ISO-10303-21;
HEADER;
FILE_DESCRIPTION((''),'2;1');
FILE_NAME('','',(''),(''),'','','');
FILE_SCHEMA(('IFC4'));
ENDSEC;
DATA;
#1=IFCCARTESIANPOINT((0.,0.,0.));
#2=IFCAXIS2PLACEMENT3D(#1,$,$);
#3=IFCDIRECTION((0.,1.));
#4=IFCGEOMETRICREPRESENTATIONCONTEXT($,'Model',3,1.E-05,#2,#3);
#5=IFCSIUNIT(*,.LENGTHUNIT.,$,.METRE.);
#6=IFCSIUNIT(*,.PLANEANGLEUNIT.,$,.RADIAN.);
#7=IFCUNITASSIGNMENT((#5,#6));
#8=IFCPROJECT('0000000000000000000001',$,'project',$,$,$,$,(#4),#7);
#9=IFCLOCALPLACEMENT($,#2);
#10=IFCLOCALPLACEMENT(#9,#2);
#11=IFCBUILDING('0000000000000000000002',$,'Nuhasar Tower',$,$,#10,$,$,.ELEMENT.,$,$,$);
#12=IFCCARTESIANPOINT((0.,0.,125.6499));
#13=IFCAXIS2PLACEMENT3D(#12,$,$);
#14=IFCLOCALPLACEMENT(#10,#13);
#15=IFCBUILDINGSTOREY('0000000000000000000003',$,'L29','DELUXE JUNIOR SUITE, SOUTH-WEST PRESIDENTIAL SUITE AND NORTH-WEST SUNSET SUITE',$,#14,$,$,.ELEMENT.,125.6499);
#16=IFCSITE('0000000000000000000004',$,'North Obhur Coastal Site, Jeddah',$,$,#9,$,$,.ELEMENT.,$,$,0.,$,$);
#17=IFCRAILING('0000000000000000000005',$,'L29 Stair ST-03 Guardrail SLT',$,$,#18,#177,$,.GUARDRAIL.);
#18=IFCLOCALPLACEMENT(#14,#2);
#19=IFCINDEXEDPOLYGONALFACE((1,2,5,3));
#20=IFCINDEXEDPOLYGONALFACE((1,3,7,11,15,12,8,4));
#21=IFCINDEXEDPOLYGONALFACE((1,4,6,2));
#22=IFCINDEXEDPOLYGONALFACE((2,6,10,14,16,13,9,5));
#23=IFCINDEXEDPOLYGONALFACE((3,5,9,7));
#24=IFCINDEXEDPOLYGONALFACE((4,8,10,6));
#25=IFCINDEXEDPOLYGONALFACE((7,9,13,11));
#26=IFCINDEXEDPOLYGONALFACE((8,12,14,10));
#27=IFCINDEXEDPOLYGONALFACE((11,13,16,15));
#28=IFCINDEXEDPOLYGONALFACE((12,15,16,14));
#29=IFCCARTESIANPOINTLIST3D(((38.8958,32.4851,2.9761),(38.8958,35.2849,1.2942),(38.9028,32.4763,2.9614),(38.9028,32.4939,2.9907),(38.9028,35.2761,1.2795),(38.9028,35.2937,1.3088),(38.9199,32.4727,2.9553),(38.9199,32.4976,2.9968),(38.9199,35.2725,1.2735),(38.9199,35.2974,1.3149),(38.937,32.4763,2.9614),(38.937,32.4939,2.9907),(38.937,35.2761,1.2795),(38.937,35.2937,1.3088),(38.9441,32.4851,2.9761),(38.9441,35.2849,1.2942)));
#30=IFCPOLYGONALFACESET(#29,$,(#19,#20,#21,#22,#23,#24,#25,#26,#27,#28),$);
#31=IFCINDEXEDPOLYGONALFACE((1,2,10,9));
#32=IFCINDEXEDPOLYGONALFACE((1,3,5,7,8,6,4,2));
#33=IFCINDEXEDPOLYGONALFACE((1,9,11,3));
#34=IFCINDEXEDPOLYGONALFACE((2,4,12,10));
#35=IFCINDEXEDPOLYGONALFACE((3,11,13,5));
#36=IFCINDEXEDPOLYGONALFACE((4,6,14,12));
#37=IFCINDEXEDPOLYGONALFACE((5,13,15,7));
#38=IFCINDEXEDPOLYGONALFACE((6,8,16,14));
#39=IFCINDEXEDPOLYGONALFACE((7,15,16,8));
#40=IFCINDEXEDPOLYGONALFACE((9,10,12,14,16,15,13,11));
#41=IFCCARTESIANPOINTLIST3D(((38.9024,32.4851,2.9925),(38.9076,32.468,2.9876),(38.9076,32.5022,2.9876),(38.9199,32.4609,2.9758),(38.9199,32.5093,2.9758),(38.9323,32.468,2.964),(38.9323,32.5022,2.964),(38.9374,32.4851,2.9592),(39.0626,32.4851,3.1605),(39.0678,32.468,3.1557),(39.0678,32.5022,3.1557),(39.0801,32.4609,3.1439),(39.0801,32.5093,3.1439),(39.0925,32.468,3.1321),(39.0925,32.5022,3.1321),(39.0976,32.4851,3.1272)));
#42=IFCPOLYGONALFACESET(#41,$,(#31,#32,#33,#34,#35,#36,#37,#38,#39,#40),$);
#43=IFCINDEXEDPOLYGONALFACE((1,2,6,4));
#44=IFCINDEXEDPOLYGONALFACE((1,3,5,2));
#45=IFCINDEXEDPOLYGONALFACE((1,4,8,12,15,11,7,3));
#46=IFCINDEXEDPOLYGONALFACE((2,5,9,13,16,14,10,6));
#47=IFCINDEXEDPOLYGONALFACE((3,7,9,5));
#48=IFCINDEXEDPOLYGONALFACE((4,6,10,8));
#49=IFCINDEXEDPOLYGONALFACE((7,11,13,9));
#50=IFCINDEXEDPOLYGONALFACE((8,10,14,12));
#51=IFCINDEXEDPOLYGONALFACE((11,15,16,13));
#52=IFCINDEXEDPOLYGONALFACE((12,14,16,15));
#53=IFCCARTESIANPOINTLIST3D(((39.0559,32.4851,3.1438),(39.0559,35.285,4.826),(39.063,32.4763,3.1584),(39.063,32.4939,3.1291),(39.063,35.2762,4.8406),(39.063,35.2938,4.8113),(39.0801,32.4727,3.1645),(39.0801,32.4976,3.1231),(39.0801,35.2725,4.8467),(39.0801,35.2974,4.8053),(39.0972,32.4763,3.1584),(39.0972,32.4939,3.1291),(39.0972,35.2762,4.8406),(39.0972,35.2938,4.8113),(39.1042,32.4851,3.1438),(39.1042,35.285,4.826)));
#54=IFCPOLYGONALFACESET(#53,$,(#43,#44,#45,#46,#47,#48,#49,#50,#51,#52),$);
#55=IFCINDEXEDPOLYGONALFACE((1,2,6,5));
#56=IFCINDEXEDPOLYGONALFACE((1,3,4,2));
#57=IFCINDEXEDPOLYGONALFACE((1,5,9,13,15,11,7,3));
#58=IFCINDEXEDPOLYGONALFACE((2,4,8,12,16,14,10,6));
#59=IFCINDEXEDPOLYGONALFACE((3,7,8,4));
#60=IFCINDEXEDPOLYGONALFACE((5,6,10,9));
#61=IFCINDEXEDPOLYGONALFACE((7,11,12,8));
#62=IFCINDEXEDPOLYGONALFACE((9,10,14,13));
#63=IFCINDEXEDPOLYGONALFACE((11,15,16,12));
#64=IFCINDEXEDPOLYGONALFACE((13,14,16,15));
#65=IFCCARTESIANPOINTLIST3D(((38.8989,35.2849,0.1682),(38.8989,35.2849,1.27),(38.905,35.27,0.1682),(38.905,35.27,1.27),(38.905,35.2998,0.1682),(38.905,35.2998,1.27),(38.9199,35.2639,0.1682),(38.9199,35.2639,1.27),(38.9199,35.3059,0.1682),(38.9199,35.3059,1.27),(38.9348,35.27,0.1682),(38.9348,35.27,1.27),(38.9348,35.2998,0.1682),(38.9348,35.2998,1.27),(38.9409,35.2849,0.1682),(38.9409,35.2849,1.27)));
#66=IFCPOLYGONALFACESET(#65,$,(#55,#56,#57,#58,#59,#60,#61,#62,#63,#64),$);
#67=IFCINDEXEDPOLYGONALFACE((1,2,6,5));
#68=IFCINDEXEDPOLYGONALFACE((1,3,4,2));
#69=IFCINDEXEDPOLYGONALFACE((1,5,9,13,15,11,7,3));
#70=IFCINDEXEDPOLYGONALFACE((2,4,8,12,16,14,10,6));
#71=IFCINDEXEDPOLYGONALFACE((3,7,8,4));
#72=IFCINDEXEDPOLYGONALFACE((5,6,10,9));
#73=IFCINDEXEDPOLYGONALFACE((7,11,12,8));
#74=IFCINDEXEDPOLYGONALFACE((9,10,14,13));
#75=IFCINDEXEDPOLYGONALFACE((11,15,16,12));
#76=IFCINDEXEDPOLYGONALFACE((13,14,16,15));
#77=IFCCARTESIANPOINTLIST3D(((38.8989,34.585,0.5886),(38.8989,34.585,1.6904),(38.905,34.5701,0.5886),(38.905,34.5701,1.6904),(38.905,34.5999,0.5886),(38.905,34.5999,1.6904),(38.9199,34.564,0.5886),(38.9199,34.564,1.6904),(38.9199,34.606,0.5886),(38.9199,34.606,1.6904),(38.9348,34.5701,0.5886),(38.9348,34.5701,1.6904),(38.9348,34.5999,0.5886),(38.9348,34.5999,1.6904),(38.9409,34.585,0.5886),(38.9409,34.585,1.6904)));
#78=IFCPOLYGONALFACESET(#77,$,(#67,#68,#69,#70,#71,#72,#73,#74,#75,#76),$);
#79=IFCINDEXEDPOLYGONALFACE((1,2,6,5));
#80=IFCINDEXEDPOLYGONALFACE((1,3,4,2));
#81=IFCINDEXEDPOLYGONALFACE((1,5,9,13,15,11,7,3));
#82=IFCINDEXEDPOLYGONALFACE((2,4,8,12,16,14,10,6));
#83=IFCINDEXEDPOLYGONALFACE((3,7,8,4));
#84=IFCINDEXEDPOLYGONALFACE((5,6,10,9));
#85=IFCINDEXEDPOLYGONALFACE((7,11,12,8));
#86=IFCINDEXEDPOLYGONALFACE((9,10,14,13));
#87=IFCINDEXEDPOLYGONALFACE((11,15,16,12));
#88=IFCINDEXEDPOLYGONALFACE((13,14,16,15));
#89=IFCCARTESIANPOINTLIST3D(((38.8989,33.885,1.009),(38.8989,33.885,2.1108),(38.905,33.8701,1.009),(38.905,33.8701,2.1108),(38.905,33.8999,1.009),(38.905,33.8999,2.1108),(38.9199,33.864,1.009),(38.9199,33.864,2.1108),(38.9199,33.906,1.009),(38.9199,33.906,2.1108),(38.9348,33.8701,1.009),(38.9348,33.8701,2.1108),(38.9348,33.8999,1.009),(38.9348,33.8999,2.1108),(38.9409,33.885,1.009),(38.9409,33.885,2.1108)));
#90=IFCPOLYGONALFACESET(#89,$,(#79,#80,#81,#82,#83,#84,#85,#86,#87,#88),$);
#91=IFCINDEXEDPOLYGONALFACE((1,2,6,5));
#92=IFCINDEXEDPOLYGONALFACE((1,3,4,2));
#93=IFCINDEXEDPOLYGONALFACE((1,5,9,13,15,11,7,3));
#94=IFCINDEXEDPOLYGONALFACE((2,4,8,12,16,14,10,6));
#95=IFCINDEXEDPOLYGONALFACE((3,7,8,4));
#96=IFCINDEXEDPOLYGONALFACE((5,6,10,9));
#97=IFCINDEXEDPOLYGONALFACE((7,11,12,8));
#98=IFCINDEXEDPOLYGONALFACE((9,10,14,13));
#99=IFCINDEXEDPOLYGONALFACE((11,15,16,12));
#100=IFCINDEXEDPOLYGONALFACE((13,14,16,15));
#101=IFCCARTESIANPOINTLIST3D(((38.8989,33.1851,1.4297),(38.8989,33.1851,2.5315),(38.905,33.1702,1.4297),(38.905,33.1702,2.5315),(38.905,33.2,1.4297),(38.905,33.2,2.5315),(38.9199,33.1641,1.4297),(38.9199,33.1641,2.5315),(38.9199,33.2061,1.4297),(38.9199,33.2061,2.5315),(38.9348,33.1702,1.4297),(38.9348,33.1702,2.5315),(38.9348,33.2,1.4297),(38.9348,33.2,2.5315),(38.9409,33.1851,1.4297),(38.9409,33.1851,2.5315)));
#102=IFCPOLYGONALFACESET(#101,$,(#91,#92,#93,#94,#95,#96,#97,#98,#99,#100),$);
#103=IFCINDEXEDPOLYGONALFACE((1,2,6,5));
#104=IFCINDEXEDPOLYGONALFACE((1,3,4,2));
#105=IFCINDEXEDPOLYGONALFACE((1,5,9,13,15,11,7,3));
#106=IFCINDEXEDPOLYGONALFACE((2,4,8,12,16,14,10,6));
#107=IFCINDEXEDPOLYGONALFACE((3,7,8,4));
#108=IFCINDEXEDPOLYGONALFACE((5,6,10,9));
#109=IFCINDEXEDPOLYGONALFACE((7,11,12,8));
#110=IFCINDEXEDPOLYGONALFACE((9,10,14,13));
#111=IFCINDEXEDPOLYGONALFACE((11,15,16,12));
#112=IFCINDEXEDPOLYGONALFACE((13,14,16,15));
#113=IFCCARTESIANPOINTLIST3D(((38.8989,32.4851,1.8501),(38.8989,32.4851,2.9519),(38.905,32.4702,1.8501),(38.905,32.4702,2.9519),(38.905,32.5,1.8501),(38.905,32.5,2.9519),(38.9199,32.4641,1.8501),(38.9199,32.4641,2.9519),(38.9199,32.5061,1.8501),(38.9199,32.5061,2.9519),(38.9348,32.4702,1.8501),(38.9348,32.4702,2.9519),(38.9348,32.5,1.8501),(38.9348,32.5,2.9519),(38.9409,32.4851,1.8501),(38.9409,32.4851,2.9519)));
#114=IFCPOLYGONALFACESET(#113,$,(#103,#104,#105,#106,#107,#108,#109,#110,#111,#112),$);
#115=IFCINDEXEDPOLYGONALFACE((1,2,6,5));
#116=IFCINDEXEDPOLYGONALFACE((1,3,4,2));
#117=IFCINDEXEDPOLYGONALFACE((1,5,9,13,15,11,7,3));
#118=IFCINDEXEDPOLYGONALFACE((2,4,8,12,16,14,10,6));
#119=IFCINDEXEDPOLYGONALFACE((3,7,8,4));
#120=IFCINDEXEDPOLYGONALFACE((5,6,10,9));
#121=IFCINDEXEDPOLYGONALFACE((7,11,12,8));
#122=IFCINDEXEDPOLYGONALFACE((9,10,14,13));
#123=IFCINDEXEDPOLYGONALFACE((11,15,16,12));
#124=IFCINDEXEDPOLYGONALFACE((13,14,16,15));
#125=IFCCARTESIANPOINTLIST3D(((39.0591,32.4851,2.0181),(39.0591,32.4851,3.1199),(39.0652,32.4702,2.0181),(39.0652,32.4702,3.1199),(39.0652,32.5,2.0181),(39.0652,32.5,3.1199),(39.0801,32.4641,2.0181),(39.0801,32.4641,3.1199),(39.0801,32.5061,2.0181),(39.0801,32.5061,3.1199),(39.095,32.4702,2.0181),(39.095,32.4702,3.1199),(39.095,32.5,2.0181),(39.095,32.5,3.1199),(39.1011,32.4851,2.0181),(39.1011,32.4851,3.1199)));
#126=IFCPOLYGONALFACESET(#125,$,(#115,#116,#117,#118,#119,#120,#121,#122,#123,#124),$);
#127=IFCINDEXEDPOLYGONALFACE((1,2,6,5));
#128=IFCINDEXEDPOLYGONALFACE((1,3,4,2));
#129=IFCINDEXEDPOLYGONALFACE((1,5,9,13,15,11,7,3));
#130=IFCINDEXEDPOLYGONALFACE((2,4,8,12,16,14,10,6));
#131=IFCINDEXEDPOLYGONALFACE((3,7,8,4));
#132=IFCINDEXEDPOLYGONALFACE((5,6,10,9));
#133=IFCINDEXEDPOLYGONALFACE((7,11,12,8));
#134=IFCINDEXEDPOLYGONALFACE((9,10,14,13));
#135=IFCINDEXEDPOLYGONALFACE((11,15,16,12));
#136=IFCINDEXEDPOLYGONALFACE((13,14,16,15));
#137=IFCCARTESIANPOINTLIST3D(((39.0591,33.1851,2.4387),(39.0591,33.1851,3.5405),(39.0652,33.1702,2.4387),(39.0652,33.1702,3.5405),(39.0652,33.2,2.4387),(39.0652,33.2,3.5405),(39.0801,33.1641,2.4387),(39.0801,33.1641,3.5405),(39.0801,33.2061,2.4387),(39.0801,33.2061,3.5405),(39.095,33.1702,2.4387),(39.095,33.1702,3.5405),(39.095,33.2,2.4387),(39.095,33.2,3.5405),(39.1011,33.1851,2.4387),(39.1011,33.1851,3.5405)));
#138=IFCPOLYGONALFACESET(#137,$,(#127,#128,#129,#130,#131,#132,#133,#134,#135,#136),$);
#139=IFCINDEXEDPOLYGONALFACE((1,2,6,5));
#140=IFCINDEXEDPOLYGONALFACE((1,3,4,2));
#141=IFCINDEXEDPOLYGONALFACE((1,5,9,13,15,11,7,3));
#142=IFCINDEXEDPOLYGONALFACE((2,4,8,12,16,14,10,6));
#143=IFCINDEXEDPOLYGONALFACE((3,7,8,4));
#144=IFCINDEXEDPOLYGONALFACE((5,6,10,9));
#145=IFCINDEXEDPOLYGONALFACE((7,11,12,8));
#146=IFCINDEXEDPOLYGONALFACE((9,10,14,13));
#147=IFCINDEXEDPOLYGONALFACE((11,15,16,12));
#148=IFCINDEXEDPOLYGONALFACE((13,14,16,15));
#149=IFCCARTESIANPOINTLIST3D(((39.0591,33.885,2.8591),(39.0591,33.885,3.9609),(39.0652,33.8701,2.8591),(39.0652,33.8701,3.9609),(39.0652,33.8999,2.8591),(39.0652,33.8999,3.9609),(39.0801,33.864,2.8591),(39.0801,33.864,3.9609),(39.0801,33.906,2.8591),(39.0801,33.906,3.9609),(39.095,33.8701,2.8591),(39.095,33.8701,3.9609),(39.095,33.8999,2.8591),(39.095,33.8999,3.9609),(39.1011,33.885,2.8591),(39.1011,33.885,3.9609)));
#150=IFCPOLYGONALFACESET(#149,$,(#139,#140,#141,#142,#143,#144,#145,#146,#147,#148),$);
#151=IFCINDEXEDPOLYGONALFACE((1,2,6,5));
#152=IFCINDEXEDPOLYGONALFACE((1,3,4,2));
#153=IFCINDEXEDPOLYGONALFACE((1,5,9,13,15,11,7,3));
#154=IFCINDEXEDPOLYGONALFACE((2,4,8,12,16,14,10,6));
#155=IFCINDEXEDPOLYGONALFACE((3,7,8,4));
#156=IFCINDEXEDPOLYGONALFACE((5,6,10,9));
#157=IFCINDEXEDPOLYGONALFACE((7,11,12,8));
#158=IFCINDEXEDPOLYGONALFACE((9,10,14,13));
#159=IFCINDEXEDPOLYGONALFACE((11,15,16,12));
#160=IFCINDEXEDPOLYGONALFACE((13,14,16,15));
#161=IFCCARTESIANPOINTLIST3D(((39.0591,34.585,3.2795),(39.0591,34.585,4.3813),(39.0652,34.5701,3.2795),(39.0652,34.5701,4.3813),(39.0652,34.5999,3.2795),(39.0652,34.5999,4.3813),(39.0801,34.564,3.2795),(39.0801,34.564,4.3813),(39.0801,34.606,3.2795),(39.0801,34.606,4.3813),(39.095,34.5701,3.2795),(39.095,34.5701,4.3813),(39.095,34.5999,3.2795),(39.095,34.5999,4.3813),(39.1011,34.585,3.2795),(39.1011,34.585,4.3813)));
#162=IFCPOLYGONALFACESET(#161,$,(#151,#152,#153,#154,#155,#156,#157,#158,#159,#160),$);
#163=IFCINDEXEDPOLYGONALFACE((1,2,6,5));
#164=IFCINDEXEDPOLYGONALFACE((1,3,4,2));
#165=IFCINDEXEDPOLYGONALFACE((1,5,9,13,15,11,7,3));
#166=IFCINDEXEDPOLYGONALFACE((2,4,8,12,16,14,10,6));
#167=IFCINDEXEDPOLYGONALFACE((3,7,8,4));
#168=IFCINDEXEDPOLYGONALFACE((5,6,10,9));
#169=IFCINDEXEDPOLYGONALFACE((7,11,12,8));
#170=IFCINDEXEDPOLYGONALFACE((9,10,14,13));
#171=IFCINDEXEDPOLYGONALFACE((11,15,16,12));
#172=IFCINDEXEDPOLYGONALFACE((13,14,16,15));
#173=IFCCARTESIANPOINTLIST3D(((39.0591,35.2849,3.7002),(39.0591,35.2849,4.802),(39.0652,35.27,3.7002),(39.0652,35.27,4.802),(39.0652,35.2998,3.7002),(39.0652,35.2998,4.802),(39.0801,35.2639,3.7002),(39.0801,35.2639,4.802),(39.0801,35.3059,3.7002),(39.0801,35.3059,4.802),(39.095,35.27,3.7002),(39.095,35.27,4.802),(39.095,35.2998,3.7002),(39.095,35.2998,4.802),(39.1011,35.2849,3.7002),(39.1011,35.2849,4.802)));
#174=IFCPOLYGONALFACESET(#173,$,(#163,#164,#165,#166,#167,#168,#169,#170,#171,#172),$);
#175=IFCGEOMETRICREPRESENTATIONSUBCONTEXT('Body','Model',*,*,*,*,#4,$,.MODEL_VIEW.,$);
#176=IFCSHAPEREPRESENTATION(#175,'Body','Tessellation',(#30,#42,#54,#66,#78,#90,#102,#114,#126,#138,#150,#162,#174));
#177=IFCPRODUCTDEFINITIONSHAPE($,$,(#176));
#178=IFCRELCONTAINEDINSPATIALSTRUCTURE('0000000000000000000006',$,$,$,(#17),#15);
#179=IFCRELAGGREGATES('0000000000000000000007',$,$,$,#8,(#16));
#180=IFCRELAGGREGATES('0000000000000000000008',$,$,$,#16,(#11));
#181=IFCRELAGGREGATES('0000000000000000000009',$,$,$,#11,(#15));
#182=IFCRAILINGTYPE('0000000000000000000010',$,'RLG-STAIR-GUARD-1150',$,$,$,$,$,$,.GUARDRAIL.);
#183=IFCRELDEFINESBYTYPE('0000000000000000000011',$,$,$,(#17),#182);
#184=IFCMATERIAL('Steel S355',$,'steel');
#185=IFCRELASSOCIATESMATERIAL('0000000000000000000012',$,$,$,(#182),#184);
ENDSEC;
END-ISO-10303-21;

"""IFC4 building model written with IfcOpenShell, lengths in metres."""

from ifc_helpers import new_model, si_unit, direction, frame, origin, place, context, subcontext, project, spatial, polyline, outline, extrude, material, type_object, element, save


model = new_model("IFC4")

# Units and contexts
model_context = context("Model", 3, precision=1e-05, world=origin(), true_north=direction((0.0, 1.0)))
body_context = subcontext(model_context, "Body", "Model", "MODEL_VIEW")
ifc_project = project(units=[si_unit("LENGTHUNIT", "METRE"), si_unit("PLANEANGLEUNIT", "RADIAN")], contexts=[model_context])

# Site, building, storey
site_placement = place(None, origin())
site = spatial("IfcSite", under=ifc_project, at=site_placement, Name="North Obhur Coastal Site, Jeddah", CompositionType="ELEMENT", RefElevation=0.0)
building_placement = place(site_placement, origin())
building = spatial("IfcBuilding", under=site, at=building_placement, Name="Nuhasar Tower", CompositionType="ELEMENT")
storey_placement = place(building_placement, frame((0.0, 0.0, 125.6499)))
storey = spatial("IfcBuildingStorey", under=building, at=storey_placement, Name="L29", Description="DELUXE JUNIOR SUITE, SOUTH-WEST PRESIDENTIAL SUITE AND NORTH-WEST SUNSET SUITE", CompositionType="ELEMENT", Elevation=125.6499)

# Shared definitions
ifc_material_1 = material(Name="Steel S355", Category="steel")

# Railing
railing_type_1 = type_object("IfcRailingType", Name="RLG-STAIR-GUARD-1150", PredefinedType="GUARDRAIL", material=ifc_material_1)
railing_1_placement = place(storey_placement, frame((38.9199, 35.2849, 0.1682)))
element("IfcRailing", 1, at=railing_1_placement, inside=storey, type_object=railing_type_1, Name="L29 Stair ST-03 Guardrail SLT", PredefinedType="GUARDRAIL", context=body_context, shape_type="SweptSolid", body=[
    extrude(outline(polyline([(0.0242, 0.0), (0.0171, 0.0171), (0.0, 0.0242), (-0.0171, 0.0171), (-0.0242, 0.0), (-0.0171, -0.0171), (0.0, -0.0242), (0.0171, -0.0171), (0.0242, 0.0)])), frame((0.0, 0.0, 1.126), z_axis=(0.0, -0.857222, 0.514946), x_axis=(1.0, 0.0, 0.0)), (0.0, 0.0, 1.0), 3.2661),
    extrude(outline(polyline([(0.0242, 0.0), (0.0171, 0.0171), (0.0, 0.0242), (-0.0171, 0.0171), (-0.0242, 0.0), (-0.0171, -0.0171), (0.0, -0.0242), (0.0171, -0.0171), (0.0242, 0.0)])), frame((0.0, -2.7998, 2.8076), z_axis=(0.690075, 0.0, 0.723738), x_axis=(0.0, 1.0, 0.0)), (0.0, 0.0, 1.0), 0.2322),
    extrude(outline(polyline([(0.0242, 0.0), (0.0171, 0.0171), (0.0, 0.0242), (-0.0171, 0.0171), (-0.0242, 0.0), (-0.0171, -0.0171), (0.0, -0.0242), (0.0171, -0.0171), (0.0242, 0.0)])), frame((0.1602, -2.7998, 2.9756), z_axis=(0.0, 0.857189, 0.515001), x_axis=(-1.0, 0.0, 0.0)), (0.0, 0.0, 1.0), 3.2664),
    extrude(outline(polyline([(0.021, 0.0), (0.0149, 0.0149), (0.0, 0.021), (-0.0149, 0.0149), (-0.021, 0.0), (-0.0149, -0.0149), (0.0, -0.021), (0.0149, -0.0149), (0.021, 0.0)])), origin(), (0.0, 0.0, 1.0), 1.1018),
    extrude(outline(polyline([(0.021, 0.0), (0.0149, 0.0149), (0.0, 0.021), (-0.0149, 0.0149), (-0.021, 0.0), (-0.0149, -0.0149), (0.0, -0.021), (0.0149, -0.0149), (0.021, 0.0)])), frame((0.0, -0.7, 0.4204)), (0.0, 0.0, 1.0), 1.1018),
    extrude(outline(polyline([(0.021, 0.0), (0.0149, 0.0149), (0.0, 0.021), (-0.0149, 0.0149), (-0.021, 0.0), (-0.0149, -0.0149), (0.0, -0.021), (0.0149, -0.0149), (0.021, 0.0)])), frame((0.0, -1.3999, 0.8408)), (0.0, 0.0, 1.0), 1.1018),
    extrude(outline(polyline([(0.021, 0.0), (0.0149, 0.0149), (0.0, 0.021), (-0.0149, 0.0149), (-0.021, 0.0), (-0.0149, -0.0149), (0.0, -0.021), (0.0149, -0.0149), (0.021, 0.0)])), frame((0.0, -2.0999, 1.2615)), (0.0, 0.0, 1.0), 1.1018),
    extrude(outline(polyline([(0.021, 0.0), (0.0149, 0.0149), (0.0, 0.021), (-0.0149, 0.0149), (-0.021, 0.0), (-0.0149, -0.0149), (0.0, -0.021), (0.0149, -0.0149), (0.021, 0.0)])), frame((0.0, -2.7998, 1.6819)), (0.0, 0.0, 1.0), 1.1018),
    extrude(outline(polyline([(0.021, 0.0), (0.0149, 0.0149), (0.0, 0.021), (-0.0149, 0.0149), (-0.021, 0.0), (-0.0149, -0.0149), (0.0, -0.021), (0.0149, -0.0149), (0.021, 0.0)])), frame((0.1602, -2.7998, 1.8499)), (0.0, 0.0, 1.0), 1.1018),
    extrude(outline(polyline([(0.021, 0.0), (0.0149, 0.0149), (0.0, 0.021), (-0.0149, 0.0149), (-0.021, 0.0), (-0.0149, -0.0149), (0.0, -0.021), (0.0149, -0.0149), (0.021, 0.0)])), frame((0.1602, -2.0999, 2.2705)), (0.0, 0.0, 1.0), 1.1018),
    extrude(outline(polyline([(0.021, 0.0), (0.0149, 0.0149), (0.0, 0.021), (-0.0149, 0.0149), (-0.021, 0.0), (-0.0149, -0.0149), (0.0, -0.021), (0.0149, -0.0149), (0.021, 0.0)])), frame((0.1602, -1.3999, 2.6909)), (0.0, 0.0, 1.0), 1.1018),
    extrude(outline(polyline([(0.021, 0.0), (0.0149, 0.0149), (0.0, 0.021), (-0.0149, 0.0149), (-0.021, 0.0), (-0.0149, -0.0149), (0.0, -0.021), (0.0149, -0.0149), (0.021, 0.0)])), frame((0.1602, -0.7, 3.1113)), (0.0, 0.0, 1.0), 1.1018),
    extrude(outline(polyline([(0.021, 0.0), (0.0149, 0.0149), (0.0, 0.021), (-0.0149, 0.0149), (-0.021, 0.0), (-0.0149, -0.0149), (0.0, -0.021), (0.0149, -0.0149), (0.021, 0.0)])), frame((0.1602, 0.0, 3.532)), (0.0, 0.0, 1.0), 1.1018),
])

save(model, "model.ifc")
